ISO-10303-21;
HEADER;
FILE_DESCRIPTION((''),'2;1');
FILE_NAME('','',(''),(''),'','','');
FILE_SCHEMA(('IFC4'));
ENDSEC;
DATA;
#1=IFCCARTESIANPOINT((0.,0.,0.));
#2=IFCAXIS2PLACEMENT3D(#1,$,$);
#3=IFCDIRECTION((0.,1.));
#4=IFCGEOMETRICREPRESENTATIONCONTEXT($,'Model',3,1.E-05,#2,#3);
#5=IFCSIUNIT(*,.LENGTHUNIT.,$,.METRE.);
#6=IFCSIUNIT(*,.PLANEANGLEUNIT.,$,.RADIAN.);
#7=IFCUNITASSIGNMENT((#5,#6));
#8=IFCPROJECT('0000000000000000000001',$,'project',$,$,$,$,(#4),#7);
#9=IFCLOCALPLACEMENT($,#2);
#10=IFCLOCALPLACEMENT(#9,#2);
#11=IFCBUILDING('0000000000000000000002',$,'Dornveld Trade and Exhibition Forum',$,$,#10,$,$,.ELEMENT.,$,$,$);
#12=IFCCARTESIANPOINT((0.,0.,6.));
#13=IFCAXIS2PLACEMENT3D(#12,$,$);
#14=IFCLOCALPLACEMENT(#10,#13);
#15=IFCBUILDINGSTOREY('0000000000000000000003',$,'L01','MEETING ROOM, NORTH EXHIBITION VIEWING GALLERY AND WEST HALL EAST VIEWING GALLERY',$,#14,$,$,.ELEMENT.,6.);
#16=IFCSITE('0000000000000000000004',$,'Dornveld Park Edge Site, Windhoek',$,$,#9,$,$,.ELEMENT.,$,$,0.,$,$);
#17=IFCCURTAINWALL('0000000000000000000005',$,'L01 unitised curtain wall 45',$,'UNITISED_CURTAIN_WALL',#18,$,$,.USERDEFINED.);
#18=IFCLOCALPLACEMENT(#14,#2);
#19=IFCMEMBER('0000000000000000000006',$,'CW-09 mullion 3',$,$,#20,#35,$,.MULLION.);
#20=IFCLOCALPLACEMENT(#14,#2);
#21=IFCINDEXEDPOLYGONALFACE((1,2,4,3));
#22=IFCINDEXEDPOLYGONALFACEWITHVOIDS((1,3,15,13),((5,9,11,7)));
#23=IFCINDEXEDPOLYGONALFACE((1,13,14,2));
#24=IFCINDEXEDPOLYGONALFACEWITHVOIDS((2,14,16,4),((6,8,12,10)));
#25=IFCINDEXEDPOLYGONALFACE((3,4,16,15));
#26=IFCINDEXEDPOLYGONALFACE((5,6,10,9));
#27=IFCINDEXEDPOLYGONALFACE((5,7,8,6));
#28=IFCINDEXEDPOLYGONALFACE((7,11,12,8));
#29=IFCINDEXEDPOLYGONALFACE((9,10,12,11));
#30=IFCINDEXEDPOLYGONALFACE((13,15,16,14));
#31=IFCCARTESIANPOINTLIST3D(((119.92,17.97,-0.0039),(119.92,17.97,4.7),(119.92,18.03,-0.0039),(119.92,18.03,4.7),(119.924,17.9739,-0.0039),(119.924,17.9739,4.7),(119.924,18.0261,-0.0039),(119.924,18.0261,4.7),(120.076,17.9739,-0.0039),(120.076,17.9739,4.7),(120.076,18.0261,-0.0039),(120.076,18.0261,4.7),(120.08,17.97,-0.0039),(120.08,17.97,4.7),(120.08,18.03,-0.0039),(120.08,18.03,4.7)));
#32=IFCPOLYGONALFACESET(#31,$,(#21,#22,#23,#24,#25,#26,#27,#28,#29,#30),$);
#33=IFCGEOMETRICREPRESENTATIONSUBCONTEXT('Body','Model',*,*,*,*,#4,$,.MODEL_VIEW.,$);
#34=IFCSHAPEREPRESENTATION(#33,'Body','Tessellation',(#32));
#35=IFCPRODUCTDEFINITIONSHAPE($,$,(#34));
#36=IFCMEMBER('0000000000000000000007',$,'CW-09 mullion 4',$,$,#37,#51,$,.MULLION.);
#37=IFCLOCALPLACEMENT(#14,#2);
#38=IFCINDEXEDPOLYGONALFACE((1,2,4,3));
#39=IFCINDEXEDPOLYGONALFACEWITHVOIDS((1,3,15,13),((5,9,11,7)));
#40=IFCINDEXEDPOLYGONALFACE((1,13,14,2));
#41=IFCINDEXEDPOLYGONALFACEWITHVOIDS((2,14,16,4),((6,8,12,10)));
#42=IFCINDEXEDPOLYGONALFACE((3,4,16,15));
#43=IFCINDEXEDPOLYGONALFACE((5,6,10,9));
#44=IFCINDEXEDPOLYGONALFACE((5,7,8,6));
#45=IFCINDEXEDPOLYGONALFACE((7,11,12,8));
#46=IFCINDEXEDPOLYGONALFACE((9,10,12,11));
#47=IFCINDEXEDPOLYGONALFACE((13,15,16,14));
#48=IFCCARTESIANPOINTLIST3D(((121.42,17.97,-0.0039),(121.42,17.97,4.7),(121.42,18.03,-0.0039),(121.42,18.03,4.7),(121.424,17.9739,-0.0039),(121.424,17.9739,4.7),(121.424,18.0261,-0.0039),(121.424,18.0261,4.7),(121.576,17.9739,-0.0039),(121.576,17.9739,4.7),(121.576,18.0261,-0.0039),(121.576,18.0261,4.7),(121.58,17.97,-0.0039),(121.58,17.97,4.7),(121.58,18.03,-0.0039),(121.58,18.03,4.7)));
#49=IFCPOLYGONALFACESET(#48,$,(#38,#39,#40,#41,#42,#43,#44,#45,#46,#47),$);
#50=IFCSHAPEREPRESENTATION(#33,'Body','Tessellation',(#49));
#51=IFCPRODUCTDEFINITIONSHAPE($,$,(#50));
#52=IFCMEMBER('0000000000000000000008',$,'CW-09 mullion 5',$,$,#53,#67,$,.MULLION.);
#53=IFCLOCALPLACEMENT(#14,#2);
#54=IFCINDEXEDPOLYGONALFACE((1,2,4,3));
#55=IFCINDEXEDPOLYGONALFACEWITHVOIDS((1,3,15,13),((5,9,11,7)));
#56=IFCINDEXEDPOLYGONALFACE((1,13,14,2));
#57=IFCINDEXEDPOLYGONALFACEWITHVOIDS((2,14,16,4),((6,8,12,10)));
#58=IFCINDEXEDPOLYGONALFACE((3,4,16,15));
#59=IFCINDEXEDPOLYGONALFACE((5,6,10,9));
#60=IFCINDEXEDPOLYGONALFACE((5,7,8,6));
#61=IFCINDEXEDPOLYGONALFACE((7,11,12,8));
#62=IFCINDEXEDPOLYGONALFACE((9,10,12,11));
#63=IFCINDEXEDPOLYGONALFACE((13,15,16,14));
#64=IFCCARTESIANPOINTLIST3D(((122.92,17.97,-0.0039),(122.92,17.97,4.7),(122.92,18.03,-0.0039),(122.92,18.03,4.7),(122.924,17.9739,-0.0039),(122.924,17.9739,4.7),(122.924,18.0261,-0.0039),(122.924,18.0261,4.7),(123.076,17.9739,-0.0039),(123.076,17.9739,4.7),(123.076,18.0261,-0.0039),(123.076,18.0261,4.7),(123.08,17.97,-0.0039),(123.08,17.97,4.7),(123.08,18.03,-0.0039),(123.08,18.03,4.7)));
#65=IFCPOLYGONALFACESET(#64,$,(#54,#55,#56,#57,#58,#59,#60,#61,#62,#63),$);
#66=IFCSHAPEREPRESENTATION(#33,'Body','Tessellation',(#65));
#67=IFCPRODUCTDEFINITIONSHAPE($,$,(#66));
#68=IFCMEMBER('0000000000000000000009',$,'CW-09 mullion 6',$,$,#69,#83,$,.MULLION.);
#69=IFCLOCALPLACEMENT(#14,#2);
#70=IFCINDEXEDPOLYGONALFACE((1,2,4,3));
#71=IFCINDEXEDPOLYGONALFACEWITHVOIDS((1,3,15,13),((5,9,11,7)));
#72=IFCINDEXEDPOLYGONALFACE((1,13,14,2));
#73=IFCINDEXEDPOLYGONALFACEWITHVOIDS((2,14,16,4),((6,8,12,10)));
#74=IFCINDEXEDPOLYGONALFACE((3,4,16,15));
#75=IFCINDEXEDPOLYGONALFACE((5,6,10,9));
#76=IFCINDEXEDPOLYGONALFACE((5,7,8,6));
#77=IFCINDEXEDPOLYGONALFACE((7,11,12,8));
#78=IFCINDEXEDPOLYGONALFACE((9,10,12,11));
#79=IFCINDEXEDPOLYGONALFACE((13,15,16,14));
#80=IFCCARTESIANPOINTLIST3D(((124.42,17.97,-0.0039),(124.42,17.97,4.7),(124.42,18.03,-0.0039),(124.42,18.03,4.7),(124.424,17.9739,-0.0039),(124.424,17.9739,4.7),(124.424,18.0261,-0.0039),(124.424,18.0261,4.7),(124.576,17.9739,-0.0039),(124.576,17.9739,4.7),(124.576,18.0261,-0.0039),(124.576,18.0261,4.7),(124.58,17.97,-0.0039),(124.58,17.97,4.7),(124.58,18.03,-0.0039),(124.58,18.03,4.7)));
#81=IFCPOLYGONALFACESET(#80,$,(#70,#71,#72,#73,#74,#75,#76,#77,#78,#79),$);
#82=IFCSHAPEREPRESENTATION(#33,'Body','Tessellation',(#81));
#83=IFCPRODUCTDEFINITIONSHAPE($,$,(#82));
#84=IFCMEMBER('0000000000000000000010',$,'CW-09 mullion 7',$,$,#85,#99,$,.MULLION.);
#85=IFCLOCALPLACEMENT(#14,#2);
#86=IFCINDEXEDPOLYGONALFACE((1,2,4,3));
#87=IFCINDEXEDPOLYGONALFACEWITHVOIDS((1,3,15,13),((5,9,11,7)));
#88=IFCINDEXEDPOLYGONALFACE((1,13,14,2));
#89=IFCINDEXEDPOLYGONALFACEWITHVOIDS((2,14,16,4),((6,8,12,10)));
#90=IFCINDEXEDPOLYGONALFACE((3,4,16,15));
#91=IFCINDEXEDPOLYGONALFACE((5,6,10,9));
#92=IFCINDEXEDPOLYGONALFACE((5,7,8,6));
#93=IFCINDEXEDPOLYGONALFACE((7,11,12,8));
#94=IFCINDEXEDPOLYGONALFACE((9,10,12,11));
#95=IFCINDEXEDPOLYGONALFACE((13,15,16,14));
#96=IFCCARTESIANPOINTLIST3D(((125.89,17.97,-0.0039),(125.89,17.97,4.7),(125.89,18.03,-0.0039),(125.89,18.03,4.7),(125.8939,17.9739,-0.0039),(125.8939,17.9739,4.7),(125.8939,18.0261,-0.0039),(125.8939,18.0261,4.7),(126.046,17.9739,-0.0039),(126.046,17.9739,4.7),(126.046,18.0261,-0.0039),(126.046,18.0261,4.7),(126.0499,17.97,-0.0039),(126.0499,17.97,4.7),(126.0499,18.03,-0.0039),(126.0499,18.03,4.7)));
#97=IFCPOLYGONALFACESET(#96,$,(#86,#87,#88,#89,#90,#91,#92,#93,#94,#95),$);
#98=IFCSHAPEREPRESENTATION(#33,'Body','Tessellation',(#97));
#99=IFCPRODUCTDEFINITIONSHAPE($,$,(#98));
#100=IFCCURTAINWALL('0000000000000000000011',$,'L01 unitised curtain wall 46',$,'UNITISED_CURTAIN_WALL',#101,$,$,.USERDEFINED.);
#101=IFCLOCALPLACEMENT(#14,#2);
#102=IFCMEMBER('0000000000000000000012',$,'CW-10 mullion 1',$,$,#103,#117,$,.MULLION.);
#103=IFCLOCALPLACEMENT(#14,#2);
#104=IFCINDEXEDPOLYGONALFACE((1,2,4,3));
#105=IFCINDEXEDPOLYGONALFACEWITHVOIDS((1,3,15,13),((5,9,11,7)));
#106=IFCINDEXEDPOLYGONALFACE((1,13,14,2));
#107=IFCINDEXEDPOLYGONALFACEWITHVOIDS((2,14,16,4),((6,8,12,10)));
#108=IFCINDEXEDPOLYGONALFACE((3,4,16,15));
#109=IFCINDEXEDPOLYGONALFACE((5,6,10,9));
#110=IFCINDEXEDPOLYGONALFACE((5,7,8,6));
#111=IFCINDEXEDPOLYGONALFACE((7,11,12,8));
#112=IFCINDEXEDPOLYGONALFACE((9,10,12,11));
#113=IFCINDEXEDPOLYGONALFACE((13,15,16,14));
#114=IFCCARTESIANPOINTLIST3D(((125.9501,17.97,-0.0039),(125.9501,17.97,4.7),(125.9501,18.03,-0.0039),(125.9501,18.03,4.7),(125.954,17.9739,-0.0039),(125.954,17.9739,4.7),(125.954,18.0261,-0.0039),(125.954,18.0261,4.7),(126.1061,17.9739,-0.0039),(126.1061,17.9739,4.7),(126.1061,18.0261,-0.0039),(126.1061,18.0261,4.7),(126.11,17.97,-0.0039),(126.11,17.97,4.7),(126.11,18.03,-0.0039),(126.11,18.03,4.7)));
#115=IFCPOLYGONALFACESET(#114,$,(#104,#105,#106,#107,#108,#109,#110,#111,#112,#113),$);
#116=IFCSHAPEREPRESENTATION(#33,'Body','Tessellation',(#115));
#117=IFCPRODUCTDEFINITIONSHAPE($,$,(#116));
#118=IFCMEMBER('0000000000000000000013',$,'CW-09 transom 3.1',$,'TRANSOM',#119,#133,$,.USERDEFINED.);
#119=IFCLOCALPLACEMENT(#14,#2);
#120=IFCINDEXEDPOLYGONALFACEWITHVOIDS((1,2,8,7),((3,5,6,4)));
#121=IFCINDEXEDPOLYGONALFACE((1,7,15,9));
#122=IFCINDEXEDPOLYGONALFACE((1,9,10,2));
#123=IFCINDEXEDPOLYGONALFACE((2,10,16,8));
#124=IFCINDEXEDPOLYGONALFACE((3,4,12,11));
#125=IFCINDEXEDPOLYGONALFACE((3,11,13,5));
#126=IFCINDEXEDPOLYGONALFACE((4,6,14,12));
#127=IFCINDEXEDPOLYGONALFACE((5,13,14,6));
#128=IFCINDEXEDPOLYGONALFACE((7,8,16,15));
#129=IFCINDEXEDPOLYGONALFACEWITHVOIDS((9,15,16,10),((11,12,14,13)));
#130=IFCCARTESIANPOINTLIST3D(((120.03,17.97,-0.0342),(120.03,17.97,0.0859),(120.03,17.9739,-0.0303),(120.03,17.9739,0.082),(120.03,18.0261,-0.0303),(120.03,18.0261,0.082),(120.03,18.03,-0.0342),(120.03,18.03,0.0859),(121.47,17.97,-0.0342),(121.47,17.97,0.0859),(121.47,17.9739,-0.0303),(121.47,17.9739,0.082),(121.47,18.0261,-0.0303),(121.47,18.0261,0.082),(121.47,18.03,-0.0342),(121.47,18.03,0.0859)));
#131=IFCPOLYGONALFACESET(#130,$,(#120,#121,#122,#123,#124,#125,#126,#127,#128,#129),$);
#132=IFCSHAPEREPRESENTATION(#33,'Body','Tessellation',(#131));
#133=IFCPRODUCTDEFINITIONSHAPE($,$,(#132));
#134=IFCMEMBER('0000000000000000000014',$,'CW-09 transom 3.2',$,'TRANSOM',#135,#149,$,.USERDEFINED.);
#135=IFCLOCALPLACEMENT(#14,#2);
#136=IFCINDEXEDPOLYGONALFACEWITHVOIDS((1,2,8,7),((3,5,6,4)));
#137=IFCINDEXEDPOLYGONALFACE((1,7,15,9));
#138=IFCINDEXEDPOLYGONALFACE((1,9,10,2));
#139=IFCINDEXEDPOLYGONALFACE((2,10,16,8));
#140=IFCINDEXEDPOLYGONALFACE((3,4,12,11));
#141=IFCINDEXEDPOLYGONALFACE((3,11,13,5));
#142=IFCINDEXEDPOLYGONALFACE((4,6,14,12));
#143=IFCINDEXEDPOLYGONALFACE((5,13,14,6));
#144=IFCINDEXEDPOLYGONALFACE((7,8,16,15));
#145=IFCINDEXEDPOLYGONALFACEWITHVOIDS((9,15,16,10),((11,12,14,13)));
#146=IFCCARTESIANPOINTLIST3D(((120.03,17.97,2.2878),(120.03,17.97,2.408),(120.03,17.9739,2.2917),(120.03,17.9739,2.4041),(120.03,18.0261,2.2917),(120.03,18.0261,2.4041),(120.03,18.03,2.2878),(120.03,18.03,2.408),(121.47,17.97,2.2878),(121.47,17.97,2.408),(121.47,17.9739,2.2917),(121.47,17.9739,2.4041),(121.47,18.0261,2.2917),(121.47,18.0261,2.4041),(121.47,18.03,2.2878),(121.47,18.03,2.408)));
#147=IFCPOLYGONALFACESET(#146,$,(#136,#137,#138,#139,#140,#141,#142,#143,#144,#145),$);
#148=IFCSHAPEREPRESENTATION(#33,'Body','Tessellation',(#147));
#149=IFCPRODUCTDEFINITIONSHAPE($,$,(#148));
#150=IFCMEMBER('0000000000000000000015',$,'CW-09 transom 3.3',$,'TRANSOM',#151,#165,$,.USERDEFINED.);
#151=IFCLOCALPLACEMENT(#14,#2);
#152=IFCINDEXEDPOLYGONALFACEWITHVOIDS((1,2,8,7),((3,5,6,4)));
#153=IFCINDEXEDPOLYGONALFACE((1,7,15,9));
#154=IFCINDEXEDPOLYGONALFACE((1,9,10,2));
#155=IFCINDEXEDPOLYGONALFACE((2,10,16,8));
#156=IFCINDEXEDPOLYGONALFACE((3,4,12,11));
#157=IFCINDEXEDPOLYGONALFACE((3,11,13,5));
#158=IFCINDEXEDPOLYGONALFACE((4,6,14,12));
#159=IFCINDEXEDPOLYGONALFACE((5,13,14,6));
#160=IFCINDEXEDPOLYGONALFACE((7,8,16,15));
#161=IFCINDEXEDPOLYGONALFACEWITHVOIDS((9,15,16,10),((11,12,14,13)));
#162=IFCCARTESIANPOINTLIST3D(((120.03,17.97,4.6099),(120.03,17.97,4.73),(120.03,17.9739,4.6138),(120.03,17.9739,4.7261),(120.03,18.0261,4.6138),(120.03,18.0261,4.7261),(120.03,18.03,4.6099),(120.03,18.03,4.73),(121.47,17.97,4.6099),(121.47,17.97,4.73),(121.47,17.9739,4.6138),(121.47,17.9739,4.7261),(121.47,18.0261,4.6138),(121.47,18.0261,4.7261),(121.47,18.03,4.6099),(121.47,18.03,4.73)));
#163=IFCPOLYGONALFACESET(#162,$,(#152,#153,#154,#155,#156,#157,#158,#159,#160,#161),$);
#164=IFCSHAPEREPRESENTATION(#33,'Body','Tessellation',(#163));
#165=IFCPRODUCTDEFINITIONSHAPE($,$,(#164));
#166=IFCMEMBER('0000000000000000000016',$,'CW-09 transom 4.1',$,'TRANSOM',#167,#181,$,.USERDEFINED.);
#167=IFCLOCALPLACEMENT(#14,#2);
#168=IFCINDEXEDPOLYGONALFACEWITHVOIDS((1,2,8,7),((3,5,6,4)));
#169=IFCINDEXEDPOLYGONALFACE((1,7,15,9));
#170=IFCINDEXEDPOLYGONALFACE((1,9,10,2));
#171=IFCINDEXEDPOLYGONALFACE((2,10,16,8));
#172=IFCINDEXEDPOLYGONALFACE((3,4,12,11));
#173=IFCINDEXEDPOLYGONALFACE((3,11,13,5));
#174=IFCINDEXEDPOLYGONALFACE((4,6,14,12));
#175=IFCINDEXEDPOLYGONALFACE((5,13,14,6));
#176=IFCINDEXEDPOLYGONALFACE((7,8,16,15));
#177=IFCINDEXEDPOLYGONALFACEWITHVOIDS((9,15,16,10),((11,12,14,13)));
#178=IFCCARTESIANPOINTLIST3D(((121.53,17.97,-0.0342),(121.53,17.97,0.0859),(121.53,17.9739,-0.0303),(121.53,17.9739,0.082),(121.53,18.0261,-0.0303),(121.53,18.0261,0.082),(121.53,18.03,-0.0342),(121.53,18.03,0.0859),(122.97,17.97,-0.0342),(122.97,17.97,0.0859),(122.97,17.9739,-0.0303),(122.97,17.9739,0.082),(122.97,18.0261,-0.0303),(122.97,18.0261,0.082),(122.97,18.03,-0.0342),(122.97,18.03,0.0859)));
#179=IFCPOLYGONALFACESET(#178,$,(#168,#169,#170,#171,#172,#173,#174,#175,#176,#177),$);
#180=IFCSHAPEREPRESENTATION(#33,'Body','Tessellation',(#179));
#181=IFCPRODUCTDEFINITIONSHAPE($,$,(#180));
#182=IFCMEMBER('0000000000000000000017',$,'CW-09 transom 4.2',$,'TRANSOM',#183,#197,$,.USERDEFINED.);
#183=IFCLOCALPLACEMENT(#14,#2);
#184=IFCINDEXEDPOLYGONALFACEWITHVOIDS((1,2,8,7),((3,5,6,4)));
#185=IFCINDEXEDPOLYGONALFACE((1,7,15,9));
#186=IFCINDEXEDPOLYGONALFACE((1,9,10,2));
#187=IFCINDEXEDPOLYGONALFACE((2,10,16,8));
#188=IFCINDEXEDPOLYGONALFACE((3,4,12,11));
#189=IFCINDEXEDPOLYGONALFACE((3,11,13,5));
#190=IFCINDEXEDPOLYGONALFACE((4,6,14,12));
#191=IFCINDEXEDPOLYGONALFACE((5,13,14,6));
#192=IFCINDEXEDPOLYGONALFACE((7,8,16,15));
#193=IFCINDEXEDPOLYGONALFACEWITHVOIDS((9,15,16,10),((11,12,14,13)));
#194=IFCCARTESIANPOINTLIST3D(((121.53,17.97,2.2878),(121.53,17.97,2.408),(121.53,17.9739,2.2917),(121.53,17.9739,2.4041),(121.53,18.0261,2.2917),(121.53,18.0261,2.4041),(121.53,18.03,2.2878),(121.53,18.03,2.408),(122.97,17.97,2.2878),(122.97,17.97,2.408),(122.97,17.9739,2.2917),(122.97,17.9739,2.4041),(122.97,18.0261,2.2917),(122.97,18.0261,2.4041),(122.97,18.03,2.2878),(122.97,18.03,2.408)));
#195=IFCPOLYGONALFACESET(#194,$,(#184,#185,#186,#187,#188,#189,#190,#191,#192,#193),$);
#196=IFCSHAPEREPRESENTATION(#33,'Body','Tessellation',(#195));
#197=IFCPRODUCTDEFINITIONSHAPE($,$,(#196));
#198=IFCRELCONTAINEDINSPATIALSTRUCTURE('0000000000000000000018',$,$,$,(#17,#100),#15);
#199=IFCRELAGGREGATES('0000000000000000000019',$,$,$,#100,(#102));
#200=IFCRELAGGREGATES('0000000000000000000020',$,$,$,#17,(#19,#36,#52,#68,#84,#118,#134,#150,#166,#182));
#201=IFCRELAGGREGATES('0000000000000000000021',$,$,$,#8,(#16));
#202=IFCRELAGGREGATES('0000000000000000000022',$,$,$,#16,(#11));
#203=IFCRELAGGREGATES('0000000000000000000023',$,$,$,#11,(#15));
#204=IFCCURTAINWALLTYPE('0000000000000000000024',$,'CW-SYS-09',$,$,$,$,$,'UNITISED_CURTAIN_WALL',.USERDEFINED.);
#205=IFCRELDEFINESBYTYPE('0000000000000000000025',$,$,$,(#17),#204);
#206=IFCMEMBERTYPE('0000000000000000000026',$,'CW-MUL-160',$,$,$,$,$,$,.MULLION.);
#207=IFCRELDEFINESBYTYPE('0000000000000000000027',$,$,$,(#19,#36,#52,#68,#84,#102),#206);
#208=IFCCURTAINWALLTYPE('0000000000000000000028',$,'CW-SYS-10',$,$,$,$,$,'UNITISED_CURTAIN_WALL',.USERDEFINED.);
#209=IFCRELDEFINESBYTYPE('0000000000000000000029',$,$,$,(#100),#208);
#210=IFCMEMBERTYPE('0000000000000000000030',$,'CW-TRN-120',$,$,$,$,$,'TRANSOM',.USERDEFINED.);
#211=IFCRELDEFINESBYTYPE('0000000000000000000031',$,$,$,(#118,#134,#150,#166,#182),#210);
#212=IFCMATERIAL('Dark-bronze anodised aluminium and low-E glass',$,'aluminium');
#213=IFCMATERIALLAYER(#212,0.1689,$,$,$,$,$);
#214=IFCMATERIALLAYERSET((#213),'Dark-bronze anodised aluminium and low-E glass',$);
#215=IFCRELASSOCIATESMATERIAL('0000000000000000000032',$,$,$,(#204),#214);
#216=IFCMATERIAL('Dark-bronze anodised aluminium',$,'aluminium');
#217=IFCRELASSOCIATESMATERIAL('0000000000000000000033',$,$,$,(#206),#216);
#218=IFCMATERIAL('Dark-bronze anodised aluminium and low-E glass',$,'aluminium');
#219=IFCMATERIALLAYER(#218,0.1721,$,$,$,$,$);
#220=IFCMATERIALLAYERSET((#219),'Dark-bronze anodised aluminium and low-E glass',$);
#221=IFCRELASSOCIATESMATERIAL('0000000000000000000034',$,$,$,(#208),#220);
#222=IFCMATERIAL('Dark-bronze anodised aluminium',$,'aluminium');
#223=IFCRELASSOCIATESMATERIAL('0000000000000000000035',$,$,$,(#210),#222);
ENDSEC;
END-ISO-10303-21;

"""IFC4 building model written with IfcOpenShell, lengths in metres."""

from ifc_helpers import new_model, si_unit, direction, frame, origin, origin_2d, place, context, subcontext, project, spatial, hollow_rectangle, extrude, material, layer, layer_set, material_profile, profile_set, type_object, element, aggregate, save


model = new_model("IFC4")

# Units and contexts
model_context = context("Model", 3, precision=1e-05, world=origin(), true_north=direction((0.0, 1.0)))
body_context = subcontext(model_context, "Body", "Model", "MODEL_VIEW")
ifc_project = project(units=[si_unit("LENGTHUNIT", "METRE"), si_unit("PLANEANGLEUNIT", "RADIAN")], contexts=[model_context])

# Site, building, storey
site_placement = place(None, origin())
site = spatial("IfcSite", under=ifc_project, at=site_placement, Name="Dornveld Park Edge Site, Windhoek", CompositionType="ELEMENT", RefElevation=0.0)
building_placement = place(site_placement, origin())
building = spatial("IfcBuilding", under=site, at=building_placement, Name="Dornveld Trade and Exhibition Forum", CompositionType="ELEMENT")
storey_placement = place(building_placement, frame((0.0, 0.0, 6.0)))
storey = spatial("IfcBuildingStorey", under=building, at=storey_placement, Name="L01", Description="MEETING ROOM, NORTH EXHIBITION VIEWING GALLERY AND WEST HALL EAST VIEWING GALLERY", CompositionType="ELEMENT", Elevation=6.0)

# Curtain wall, members
ifc_material_1 = material(Name="Dark-bronze anodised aluminium and low-E glass", Category="aluminium")
ifc_layer_1 = layer(ifc_material_1, 0.1689)
ifc_layer_set_1 = layer_set([ifc_layer_1], Name="Dark-bronze anodised aluminium and low-E glass")
curtain_wall_type_1 = type_object("IfcCurtainWallType", Name="CW-SYS-09", ElementType="UNITISED_CURTAIN_WALL", PredefinedType="USERDEFINED", material=ifc_layer_set_1)
curtain_wall_1_placement = place(storey_placement, origin())
curtain_wall_1 = element("IfcCurtainWall", 1, at=curtain_wall_1_placement, inside=storey, type_object=curtain_wall_type_1, Name="L01 unitised curtain wall 45", ObjectType="UNITISED_CURTAIN_WALL", PredefinedType="USERDEFINED")
ifc_material_2 = material(Name="Dark-bronze anodised aluminium", Category="aluminium")
ifc_material_profile_1 = material_profile(ifc_material_2, hollow_rectangle(XDim=0.0601, YDim=0.1599, WallThickness=0.0039, at=origin_2d()), Name="RHS 160x60x4")
ifc_profile_set_1 = profile_set([ifc_material_profile_1], Name="Dark-bronze anodised aluminium")
member_type_1 = type_object("IfcMemberType", Name="CW-MUL-160", PredefinedType="MULLION", material=ifc_profile_set_1)
member_1_placement = place(storey_placement, frame((120.0, 18.0, -0.0039), z_axis=(0.0, 0.0, 1.0), x_axis=(0.0, 1.0, 0.0)))
member_1 = element("IfcMember", 2, at=member_1_placement, type_object=member_type_1, Name="CW-09 mullion 3", PredefinedType="MULLION", context=body_context, shape_type="SweptSolid", body=[
    extrude(hollow_rectangle(XDim=0.0601, YDim=0.1599, WallThickness=0.0039, at=origin_2d()), origin(), (0.0, 0.0, 1.0), 4.7039),
])
member_2_placement = place(storey_placement, frame((121.5, 18.0, -0.0039), z_axis=(0.0, 0.0, 1.0), x_axis=(0.0, 1.0, 0.0)))
member_2 = element("IfcMember", 3, at=member_2_placement, type_object=member_type_1, Name="CW-09 mullion 4", PredefinedType="MULLION", context=body_context, shape_type="SweptSolid", body=[
    extrude(hollow_rectangle(XDim=0.0601, YDim=0.1599, WallThickness=0.0039, at=origin_2d()), origin(), (0.0, 0.0, 1.0), 4.7039),
])
member_3_placement = place(storey_placement, frame((123.0, 18.0, -0.0039), z_axis=(0.0, 0.0, 1.0), x_axis=(0.0, 1.0, 0.0)))
member_3 = element("IfcMember", 4, at=member_3_placement, type_object=member_type_1, Name="CW-09 mullion 5", PredefinedType="MULLION", context=body_context, shape_type="SweptSolid", body=[
    extrude(hollow_rectangle(XDim=0.0601, YDim=0.1599, WallThickness=0.0039, at=origin_2d()), origin(), (0.0, 0.0, 1.0), 4.7039),
])
member_4_placement = place(storey_placement, frame((124.5, 18.0, -0.0039), z_axis=(0.0, 0.0, 1.0), x_axis=(0.0, 1.0, 0.0)))
member_4 = element("IfcMember", 5, at=member_4_placement, type_object=member_type_1, Name="CW-09 mullion 6", PredefinedType="MULLION", context=body_context, shape_type="SweptSolid", body=[
    extrude(hollow_rectangle(XDim=0.0601, YDim=0.1599, WallThickness=0.0039, at=origin_2d()), origin(), (0.0, 0.0, 1.0), 4.7039),
])
member_5_placement = place(storey_placement, frame((125.97, 18.0, -0.0039), z_axis=(0.0, 0.0, 1.0), x_axis=(0.0, 1.0, 0.0)))
member_5 = element("IfcMember", 6, at=member_5_placement, type_object=member_type_1, Name="CW-09 mullion 7", PredefinedType="MULLION", context=body_context, shape_type="SweptSolid", body=[
    extrude(hollow_rectangle(XDim=0.0601, YDim=0.1599, WallThickness=0.0039, at=origin_2d()), origin(), (0.0, 0.0, 1.0), 4.7039),
])

# Curtain wall, member
ifc_material_3 = material(Name="Dark-bronze anodised aluminium and low-E glass", Category="aluminium")
ifc_layer_2 = layer(ifc_material_3, 0.1721)
ifc_layer_set_2 = layer_set([ifc_layer_2], Name="Dark-bronze anodised aluminium and low-E glass")
curtain_wall_type_2 = type_object("IfcCurtainWallType", Name="CW-SYS-10", ElementType="UNITISED_CURTAIN_WALL", PredefinedType="USERDEFINED", material=ifc_layer_set_2)
curtain_wall_2_placement = place(storey_placement, origin())
curtain_wall_2 = element("IfcCurtainWall", 7, at=curtain_wall_2_placement, inside=storey, type_object=curtain_wall_type_2, Name="L01 unitised curtain wall 46", ObjectType="UNITISED_CURTAIN_WALL", PredefinedType="USERDEFINED")
member_6_placement = place(storey_placement, frame((126.03, 18.0, -0.0039), z_axis=(0.0, 0.0, 1.0), x_axis=(0.0, 1.0, 0.0)))
member_6 = element("IfcMember", 8, at=member_6_placement, type_object=member_type_1, Name="CW-10 mullion 1", PredefinedType="MULLION", context=body_context, shape_type="SweptSolid", body=[
    extrude(hollow_rectangle(XDim=0.0601, YDim=0.1599, WallThickness=0.0039, at=origin_2d()), origin(), (0.0, 0.0, 1.0), 4.7039),
])

# Members
ifc_material_4 = material(Name="Dark-bronze anodised aluminium", Category="aluminium")
ifc_material_profile_2 = material_profile(ifc_material_4, hollow_rectangle(XDim=0.0601, YDim=0.1201, WallThickness=0.0039, at=origin_2d()), Name="RHS 120x60x4")
ifc_profile_set_2 = profile_set([ifc_material_profile_2], Name="Dark-bronze anodised aluminium")
member_type_2 = type_object("IfcMemberType", Name="CW-TRN-120", ElementType="TRANSOM", PredefinedType="USERDEFINED", material=ifc_profile_set_2)
member_7_placement = place(storey_placement, frame((120.03, 18.0, 0.0259), z_axis=(1.0, 0.0, 0.0), x_axis=(0.0, 1.0, 0.0)))
member_7 = element("IfcMember", 9, at=member_7_placement, type_object=member_type_2, Name="CW-09 transom 3.1", ObjectType="TRANSOM", PredefinedType="USERDEFINED", context=body_context, shape_type="SweptSolid", body=[
    extrude(hollow_rectangle(XDim=0.0601, YDim=0.1201, WallThickness=0.0039, at=origin_2d()), origin(), (0.0, 0.0, 1.0), 1.4399),
])
member_8_placement = place(storey_placement, frame((120.03, 18.0, 2.3479), z_axis=(1.0, 0.0, 0.0), x_axis=(0.0, 1.0, 0.0)))
member_8 = element("IfcMember", 10, at=member_8_placement, type_object=member_type_2, Name="CW-09 transom 3.2", ObjectType="TRANSOM", PredefinedType="USERDEFINED", context=body_context, shape_type="SweptSolid", body=[
    extrude(hollow_rectangle(XDim=0.0601, YDim=0.1201, WallThickness=0.0039, at=origin_2d()), origin(), (0.0, 0.0, 1.0), 1.4399),
])
member_9_placement = place(storey_placement, frame((120.03, 18.0, 4.6699), z_axis=(1.0, 0.0, 0.0), x_axis=(0.0, 1.0, 0.0)))
member_9 = element("IfcMember", 11, at=member_9_placement, type_object=member_type_2, Name="CW-09 transom 3.3", ObjectType="TRANSOM", PredefinedType="USERDEFINED", context=body_context, shape_type="SweptSolid", body=[
    extrude(hollow_rectangle(XDim=0.0601, YDim=0.1201, WallThickness=0.0039, at=origin_2d()), origin(), (0.0, 0.0, 1.0), 1.4399),
])
member_10_placement = place(storey_placement, frame((121.53, 18.0, 0.0259), z_axis=(1.0, 0.0, 0.0), x_axis=(0.0, 1.0, 0.0)))
member_10 = element("IfcMember", 12, at=member_10_placement, type_object=member_type_2, Name="CW-09 transom 4.1", ObjectType="TRANSOM", PredefinedType="USERDEFINED", context=body_context, shape_type="SweptSolid", body=[
    extrude(hollow_rectangle(XDim=0.0601, YDim=0.1201, WallThickness=0.0039, at=origin_2d()), origin(), (0.0, 0.0, 1.0), 1.4399),
])
member_11_placement = place(storey_placement, frame((121.53, 18.0, 2.3479), z_axis=(1.0, 0.0, 0.0), x_axis=(0.0, 1.0, 0.0)))
member_11 = element("IfcMember", 13, at=member_11_placement, type_object=member_type_2, Name="CW-09 transom 4.2", ObjectType="TRANSOM", PredefinedType="USERDEFINED", context=body_context, shape_type="SweptSolid", body=[
    extrude(hollow_rectangle(XDim=0.0601, YDim=0.1201, WallThickness=0.0039, at=origin_2d()), origin(), (0.0, 0.0, 1.0), 1.4399),
])
aggregate(curtain_wall_2, [member_6])

aggregate(curtain_wall_1, [member_1, member_2, member_3, member_4, member_5, member_7, member_8, member_9, member_10, member_11])

save(model, "model.ifc")
